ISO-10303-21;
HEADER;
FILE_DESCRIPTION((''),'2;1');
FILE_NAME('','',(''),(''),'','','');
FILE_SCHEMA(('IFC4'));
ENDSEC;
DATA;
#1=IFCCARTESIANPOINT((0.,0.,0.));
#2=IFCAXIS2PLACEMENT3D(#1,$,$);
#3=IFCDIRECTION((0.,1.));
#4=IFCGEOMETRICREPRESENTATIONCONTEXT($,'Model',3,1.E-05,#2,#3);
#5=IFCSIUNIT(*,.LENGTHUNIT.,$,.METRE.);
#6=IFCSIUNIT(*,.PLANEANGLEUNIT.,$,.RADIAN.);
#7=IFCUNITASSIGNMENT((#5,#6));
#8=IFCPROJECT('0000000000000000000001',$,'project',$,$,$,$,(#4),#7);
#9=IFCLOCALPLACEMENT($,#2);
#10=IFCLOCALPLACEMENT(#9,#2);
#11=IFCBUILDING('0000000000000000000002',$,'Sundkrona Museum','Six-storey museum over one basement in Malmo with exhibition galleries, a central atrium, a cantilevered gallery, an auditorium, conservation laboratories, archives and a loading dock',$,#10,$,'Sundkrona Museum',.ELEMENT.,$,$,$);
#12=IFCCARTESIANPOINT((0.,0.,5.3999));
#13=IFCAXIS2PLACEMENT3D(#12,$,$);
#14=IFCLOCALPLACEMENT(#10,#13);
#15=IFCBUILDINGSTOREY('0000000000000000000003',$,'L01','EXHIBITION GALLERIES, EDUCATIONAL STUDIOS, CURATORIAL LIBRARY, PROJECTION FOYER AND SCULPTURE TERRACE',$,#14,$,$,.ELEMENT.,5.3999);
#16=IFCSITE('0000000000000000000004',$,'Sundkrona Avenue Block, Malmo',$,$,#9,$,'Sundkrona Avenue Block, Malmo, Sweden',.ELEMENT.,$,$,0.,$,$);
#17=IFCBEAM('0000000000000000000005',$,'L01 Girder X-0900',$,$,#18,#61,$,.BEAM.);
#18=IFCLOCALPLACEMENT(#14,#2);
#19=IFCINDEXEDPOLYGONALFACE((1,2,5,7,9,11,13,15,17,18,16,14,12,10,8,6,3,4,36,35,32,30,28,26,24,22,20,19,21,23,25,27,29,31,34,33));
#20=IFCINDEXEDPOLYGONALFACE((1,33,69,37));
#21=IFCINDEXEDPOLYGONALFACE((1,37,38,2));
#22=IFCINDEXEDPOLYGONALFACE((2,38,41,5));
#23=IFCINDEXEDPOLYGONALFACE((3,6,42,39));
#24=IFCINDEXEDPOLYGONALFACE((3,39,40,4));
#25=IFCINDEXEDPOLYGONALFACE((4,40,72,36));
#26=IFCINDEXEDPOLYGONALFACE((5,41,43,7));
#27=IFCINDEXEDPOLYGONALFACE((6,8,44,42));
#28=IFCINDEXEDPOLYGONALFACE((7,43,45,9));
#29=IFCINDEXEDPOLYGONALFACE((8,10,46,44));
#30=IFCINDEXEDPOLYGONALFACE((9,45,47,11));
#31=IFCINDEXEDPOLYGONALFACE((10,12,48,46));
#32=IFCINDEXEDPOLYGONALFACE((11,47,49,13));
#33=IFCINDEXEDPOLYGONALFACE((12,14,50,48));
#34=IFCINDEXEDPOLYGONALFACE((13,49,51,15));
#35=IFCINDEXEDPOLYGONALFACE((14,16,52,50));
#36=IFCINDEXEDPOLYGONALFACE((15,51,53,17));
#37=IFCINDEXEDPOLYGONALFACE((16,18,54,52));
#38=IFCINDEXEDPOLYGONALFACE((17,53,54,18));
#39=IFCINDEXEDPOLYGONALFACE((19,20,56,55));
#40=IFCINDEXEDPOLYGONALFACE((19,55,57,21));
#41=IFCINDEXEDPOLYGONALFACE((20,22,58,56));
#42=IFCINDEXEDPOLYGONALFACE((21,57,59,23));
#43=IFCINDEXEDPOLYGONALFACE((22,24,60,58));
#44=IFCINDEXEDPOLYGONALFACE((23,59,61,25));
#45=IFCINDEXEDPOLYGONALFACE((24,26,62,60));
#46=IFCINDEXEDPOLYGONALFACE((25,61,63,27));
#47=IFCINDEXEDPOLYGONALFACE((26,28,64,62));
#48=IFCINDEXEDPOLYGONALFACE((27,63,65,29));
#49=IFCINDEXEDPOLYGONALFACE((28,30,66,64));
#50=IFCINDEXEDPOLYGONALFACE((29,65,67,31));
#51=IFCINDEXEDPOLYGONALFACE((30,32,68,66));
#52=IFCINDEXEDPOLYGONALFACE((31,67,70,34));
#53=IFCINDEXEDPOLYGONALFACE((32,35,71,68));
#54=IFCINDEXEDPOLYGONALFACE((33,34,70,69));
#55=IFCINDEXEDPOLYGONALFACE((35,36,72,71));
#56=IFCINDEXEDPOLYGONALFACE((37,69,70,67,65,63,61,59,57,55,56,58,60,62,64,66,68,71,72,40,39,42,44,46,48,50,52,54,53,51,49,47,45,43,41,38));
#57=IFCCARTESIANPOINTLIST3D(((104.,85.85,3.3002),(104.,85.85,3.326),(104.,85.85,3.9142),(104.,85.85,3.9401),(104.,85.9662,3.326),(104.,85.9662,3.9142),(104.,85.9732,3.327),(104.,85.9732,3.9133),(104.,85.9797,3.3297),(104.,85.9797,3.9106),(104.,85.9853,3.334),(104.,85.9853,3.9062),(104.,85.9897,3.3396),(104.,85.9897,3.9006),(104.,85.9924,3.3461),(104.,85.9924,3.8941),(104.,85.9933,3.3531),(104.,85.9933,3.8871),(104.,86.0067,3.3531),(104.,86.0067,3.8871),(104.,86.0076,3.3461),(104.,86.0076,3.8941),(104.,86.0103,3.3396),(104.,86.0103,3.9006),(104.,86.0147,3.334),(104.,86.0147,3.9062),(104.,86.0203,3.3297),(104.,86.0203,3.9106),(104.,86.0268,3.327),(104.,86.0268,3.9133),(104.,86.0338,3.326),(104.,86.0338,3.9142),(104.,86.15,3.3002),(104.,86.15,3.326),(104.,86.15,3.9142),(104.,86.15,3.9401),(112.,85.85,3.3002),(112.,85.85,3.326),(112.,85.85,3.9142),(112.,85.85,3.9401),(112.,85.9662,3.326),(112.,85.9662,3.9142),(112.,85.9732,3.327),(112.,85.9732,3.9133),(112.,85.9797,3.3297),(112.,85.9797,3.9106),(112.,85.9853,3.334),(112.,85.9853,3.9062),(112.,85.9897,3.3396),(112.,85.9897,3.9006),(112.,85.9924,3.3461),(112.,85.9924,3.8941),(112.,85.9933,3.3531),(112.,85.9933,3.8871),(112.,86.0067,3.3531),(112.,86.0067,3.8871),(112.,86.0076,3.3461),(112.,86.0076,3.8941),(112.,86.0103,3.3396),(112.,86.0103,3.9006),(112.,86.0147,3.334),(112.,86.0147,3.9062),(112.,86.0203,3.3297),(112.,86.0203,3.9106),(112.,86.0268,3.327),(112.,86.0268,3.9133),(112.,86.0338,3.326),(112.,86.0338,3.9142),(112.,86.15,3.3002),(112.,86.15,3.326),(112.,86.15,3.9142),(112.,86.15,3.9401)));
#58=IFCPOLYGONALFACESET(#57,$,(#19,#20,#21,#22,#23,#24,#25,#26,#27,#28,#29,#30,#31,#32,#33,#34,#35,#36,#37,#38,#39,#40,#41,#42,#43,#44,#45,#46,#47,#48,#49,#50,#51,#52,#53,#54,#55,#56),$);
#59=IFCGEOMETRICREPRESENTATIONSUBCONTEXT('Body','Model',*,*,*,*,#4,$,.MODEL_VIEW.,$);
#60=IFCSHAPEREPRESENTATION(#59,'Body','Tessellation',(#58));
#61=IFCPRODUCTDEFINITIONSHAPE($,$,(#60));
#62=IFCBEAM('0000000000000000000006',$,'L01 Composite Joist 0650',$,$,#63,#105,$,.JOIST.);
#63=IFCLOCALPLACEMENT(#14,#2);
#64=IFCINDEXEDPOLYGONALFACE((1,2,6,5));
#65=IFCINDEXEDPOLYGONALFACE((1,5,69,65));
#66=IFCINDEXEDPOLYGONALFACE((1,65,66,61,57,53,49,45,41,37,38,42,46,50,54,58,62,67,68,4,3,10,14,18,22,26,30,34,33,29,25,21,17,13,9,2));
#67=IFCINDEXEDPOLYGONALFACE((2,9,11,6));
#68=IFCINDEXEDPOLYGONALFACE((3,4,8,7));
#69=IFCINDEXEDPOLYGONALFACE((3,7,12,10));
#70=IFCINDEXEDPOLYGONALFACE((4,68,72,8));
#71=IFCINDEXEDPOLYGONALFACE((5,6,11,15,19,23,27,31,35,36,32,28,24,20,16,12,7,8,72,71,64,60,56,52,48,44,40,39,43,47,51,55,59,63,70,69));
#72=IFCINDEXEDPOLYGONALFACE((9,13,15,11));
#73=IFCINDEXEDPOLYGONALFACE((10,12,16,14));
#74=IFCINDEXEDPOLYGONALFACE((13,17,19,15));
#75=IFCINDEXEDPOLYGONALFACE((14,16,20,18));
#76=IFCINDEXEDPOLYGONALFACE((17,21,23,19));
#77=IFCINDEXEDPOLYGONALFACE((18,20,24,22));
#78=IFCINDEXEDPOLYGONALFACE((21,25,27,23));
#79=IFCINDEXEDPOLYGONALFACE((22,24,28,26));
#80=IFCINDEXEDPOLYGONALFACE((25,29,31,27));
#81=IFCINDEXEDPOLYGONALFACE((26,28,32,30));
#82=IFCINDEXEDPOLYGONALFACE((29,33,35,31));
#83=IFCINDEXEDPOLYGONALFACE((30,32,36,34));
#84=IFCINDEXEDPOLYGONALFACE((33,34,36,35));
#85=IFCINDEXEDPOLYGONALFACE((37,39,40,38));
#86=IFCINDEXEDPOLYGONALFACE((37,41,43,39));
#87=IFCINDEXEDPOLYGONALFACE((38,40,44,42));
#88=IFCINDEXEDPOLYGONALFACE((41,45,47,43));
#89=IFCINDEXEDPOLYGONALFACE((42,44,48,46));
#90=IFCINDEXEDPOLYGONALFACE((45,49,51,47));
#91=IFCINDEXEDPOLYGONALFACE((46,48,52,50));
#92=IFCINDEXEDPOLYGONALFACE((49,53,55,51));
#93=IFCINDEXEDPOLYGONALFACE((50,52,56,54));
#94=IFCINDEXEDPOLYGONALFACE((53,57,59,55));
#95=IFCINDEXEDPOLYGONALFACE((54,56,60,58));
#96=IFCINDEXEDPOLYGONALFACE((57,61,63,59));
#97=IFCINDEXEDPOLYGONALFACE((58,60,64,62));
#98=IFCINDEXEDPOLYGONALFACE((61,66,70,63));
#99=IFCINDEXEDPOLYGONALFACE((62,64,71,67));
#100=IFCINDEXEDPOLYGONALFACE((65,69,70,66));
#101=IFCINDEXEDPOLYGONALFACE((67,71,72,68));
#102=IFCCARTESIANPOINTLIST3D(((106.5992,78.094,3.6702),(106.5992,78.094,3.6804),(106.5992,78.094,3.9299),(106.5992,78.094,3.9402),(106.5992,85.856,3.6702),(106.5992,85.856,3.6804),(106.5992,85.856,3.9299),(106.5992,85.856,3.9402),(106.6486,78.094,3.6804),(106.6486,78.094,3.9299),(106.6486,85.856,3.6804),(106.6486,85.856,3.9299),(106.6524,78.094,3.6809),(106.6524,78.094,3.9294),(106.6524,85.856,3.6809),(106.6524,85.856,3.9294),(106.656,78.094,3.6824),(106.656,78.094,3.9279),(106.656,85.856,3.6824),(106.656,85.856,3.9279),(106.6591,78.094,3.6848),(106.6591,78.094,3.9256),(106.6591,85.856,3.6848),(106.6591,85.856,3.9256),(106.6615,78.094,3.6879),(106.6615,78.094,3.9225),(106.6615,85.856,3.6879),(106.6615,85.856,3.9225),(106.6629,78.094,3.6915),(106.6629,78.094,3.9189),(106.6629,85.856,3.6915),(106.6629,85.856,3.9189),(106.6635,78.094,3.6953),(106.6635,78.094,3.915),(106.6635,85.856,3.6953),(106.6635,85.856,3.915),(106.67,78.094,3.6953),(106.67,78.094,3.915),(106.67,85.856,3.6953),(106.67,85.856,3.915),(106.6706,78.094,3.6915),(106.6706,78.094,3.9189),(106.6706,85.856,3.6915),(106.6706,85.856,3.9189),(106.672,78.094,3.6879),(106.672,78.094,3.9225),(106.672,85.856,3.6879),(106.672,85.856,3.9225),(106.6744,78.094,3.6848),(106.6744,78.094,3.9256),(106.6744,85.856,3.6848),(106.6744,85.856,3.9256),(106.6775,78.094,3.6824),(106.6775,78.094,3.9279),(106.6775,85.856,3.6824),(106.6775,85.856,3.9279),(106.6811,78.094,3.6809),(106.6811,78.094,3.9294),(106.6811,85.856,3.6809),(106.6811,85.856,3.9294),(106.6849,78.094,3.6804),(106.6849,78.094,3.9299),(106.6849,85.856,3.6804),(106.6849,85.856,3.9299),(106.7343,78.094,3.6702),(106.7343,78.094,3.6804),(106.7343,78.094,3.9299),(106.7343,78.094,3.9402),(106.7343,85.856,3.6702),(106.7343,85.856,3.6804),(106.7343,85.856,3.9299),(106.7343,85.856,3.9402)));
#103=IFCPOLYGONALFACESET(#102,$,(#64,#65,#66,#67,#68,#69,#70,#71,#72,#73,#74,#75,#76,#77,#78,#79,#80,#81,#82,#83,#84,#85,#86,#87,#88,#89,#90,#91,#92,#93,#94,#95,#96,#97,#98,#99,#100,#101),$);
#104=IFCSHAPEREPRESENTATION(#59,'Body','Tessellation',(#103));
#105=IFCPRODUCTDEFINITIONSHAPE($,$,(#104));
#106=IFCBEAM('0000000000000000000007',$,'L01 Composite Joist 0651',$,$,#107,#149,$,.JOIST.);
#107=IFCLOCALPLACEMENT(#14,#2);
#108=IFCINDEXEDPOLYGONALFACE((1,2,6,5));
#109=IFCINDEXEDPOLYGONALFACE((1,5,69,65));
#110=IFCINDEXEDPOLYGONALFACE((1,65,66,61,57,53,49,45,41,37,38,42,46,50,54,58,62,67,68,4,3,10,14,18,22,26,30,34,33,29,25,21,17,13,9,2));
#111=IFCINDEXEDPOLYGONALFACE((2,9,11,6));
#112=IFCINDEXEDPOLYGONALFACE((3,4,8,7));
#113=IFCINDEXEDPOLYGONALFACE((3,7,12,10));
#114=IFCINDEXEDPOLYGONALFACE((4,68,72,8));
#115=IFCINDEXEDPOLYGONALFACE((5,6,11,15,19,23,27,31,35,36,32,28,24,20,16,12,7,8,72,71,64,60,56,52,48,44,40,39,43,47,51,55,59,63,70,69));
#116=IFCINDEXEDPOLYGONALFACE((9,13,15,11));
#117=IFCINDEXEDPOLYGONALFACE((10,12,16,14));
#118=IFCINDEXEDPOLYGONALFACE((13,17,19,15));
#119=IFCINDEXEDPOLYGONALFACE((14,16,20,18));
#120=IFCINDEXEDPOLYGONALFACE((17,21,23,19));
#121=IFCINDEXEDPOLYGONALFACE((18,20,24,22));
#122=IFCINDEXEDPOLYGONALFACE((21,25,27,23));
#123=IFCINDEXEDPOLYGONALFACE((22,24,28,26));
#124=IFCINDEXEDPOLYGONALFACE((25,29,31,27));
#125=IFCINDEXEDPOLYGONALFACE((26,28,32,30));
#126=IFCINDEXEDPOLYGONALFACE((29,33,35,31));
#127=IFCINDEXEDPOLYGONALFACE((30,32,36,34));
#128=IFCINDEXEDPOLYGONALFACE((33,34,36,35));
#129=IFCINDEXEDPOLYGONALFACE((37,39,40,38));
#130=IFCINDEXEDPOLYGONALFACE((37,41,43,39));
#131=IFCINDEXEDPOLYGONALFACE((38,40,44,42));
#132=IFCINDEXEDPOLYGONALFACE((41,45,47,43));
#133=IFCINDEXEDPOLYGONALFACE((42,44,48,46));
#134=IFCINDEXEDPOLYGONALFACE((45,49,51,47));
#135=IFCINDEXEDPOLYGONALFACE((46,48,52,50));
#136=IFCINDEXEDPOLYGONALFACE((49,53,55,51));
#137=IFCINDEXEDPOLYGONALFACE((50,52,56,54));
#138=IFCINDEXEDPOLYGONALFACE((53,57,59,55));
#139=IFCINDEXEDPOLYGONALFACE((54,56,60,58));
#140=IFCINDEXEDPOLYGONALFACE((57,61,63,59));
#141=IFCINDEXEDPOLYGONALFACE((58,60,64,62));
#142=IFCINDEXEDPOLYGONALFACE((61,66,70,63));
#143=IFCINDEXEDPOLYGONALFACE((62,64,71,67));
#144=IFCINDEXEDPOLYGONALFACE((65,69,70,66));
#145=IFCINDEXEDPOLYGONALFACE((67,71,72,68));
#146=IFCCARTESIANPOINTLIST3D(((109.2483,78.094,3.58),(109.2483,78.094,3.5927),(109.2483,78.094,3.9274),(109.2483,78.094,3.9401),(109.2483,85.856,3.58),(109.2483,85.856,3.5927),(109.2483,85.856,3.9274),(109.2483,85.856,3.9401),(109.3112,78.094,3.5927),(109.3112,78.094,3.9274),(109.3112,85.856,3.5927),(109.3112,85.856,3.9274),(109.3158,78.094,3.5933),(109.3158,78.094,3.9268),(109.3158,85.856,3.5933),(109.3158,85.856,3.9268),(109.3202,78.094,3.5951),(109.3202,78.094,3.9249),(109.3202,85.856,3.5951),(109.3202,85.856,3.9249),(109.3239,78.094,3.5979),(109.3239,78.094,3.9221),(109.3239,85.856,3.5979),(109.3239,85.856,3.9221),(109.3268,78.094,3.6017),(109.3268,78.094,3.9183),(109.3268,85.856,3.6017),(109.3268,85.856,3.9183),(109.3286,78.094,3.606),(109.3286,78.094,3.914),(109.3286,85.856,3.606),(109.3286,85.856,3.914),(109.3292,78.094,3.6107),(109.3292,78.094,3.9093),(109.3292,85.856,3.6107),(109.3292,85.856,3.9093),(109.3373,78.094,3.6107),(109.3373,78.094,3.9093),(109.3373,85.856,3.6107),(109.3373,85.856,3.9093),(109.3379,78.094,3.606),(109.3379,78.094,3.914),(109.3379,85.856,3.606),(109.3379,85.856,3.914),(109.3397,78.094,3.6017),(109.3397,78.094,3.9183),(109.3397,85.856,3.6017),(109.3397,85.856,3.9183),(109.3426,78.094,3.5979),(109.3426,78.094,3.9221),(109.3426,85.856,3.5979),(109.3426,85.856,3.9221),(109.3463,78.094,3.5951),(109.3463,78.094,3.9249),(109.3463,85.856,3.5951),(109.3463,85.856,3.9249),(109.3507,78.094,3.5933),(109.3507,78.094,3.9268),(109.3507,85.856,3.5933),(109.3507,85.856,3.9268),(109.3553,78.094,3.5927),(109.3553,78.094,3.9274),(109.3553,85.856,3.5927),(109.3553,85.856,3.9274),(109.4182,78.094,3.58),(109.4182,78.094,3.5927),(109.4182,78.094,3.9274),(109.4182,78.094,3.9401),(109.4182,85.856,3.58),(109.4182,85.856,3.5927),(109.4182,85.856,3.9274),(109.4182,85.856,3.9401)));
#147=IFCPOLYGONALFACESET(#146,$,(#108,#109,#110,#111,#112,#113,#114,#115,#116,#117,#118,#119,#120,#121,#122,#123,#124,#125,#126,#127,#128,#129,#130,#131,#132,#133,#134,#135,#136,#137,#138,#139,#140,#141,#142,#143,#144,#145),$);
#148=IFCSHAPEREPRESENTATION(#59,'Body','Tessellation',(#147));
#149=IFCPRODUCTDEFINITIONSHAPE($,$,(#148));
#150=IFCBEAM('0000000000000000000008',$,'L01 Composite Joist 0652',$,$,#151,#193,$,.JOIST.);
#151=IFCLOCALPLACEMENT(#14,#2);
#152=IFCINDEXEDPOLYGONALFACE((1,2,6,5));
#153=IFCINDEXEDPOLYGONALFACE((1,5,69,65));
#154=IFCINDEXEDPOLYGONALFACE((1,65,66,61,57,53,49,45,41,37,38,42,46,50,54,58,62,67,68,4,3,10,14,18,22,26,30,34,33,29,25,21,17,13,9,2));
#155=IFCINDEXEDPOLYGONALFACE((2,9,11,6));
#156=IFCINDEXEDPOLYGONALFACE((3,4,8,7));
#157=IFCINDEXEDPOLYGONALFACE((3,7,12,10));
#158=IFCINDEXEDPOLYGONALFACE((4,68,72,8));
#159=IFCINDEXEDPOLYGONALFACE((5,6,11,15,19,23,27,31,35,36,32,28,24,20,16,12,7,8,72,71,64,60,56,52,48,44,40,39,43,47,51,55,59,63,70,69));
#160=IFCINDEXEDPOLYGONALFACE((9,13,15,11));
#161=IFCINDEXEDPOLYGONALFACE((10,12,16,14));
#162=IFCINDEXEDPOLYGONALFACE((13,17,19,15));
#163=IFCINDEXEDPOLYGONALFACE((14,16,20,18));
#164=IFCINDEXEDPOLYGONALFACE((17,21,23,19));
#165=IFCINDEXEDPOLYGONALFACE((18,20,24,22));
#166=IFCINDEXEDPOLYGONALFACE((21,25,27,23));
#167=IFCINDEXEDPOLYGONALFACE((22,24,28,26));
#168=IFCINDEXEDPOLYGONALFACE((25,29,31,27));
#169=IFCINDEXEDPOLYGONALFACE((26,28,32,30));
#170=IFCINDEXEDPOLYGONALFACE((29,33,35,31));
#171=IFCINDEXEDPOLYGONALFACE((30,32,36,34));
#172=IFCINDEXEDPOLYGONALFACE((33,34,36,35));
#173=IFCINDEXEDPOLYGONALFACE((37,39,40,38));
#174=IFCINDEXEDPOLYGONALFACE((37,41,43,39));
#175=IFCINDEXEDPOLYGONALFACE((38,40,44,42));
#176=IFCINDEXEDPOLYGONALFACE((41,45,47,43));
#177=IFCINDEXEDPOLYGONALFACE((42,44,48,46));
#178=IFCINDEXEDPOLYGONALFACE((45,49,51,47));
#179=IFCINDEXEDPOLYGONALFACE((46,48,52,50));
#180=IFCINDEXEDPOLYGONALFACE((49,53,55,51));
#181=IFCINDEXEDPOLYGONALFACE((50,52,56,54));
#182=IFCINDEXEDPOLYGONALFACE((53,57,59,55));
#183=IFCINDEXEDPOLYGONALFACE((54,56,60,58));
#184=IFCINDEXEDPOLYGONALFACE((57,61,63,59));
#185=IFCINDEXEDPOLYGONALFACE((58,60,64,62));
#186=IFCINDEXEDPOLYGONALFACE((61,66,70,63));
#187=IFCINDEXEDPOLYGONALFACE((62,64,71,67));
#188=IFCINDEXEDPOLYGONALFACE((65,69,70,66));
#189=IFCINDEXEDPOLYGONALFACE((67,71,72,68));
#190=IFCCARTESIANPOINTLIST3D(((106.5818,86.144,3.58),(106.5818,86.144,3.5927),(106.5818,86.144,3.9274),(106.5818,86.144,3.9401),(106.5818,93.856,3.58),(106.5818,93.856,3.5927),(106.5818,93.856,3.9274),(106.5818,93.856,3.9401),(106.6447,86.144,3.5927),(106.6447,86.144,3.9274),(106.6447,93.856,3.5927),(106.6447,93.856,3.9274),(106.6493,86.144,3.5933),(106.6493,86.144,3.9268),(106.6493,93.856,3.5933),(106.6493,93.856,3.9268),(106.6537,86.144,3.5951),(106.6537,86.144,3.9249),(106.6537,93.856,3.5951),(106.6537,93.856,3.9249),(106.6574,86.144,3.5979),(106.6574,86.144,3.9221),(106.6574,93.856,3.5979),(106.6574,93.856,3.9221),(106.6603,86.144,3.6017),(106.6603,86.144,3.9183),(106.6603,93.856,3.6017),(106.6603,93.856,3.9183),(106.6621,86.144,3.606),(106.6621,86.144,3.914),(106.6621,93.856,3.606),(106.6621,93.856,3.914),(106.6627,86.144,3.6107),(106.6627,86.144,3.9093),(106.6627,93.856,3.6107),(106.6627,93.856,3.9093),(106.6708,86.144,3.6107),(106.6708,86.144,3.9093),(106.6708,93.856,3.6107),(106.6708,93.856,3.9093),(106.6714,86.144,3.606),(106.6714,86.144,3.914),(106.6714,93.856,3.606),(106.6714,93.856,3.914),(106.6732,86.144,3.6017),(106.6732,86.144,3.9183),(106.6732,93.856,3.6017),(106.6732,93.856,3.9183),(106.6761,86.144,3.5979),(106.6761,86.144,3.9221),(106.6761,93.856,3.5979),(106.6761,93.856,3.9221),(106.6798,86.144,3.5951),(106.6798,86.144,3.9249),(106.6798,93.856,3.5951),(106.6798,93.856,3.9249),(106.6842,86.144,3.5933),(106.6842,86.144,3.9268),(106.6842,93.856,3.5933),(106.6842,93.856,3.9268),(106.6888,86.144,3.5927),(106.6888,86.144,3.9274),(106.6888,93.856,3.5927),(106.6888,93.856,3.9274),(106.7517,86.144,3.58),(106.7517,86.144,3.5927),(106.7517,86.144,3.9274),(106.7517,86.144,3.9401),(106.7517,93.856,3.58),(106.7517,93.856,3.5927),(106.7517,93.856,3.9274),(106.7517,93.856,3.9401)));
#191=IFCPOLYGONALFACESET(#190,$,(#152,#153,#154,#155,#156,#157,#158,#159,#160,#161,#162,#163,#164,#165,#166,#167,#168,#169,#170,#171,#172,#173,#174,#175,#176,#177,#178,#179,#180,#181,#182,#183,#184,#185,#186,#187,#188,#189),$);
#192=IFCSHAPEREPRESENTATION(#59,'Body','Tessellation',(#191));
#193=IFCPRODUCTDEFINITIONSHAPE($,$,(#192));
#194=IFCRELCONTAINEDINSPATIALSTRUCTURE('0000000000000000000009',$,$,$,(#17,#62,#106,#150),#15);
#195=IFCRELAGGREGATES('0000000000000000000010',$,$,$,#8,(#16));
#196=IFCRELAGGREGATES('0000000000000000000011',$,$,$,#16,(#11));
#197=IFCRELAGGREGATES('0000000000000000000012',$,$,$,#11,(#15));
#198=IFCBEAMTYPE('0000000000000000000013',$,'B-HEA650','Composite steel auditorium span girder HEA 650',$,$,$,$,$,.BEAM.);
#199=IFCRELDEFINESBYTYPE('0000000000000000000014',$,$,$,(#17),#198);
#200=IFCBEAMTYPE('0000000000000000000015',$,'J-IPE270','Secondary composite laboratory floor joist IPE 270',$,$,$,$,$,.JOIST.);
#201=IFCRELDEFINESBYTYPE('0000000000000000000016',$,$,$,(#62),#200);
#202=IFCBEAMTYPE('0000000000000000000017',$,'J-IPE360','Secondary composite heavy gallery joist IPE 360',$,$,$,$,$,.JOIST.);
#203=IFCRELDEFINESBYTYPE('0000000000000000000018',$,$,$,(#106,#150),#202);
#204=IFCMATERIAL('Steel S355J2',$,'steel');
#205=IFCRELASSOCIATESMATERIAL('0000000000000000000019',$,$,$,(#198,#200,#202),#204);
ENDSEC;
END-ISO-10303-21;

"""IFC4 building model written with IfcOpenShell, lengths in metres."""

from ifc_helpers import new_model, si_unit, direction, frame, origin, origin_2d, place, context, subcontext, project, spatial, i_section, extrude, material, material_profile, profile_set, type_object, element, save


model = new_model("IFC4")

# Units and contexts
model_context = context("Model", 3, precision=1e-05, world=origin(), true_north=direction((0.0, 1.0)))
body_context = subcontext(model_context, "Body", "Model", "MODEL_VIEW")
ifc_project = project(units=[si_unit("LENGTHUNIT", "METRE"), si_unit("PLANEANGLEUNIT", "RADIAN")], contexts=[model_context])

# Site, building, storey
site_placement = place(None, origin())
site = spatial("IfcSite", under=ifc_project, at=site_placement, Name="Sundkrona Avenue Block, Malmo", LongName="Sundkrona Avenue Block, Malmo, Sweden", CompositionType="ELEMENT", RefElevation=0.0)
building_placement = place(site_placement, origin())
building = spatial("IfcBuilding", under=site, at=building_placement, Name="Sundkrona Museum", Description="Six-storey museum over one basement in Malmo with exhibition galleries, a central atrium, a cantilevered gallery, an auditorium, conservation laboratories, archives and a loading dock", LongName="Sundkrona Museum", CompositionType="ELEMENT")
storey_placement = place(building_placement, frame((0.0, 0.0, 5.3999)))
storey = spatial("IfcBuildingStorey", under=building, at=storey_placement, Name="L01", Description="EXHIBITION GALLERIES, EDUCATIONAL STUDIOS, CURATORIAL LIBRARY, PROJECTION FOYER AND SCULPTURE TERRACE", CompositionType="ELEMENT", Elevation=5.3999)

# Shared definitions
ifc_material_1 = material(Name="Steel S355J2", Category="steel")

# Beams
ifc_material_profile_1 = material_profile(ifc_material_1, i_section(OverallWidth=0.3, OverallDepth=0.6399, WebThickness=0.0134, FlangeThickness=0.0259, FilletRadius=0.0271, at=origin_2d()), Name="HEA 650")
ifc_profile_set_1 = profile_set([ifc_material_profile_1], Name="Steel S355J2")
beam_type_1 = type_object("IfcBeamType", Name="B-HEA650", Description="Composite steel auditorium span girder HEA 650", PredefinedType="BEAM", material=ifc_profile_set_1)
beam_1_placement = place(storey_placement, frame((104.0, 86.0, 3.6201), z_axis=(1.0, 0.0, 0.0), x_axis=(0.0, 1.0, 0.0)))
element("IfcBeam", 1, at=beam_1_placement, inside=storey, type_object=beam_type_1, Name="L01 Girder X-0900", PredefinedType="BEAM", context=body_context, shape_type="SweptSolid", body=[
    extrude(i_section(OverallWidth=0.3, OverallDepth=0.6399, WebThickness=0.0134, FlangeThickness=0.0259, FilletRadius=0.0271, at=origin_2d()), origin(), (0.0, 0.0, 1.0), 8.0),
])
ifc_material_profile_2 = material_profile(ifc_material_1, i_section(OverallWidth=0.135, OverallDepth=0.27, WebThickness=0.0066, FlangeThickness=0.0103, FilletRadius=0.0149, at=origin_2d()), Name="IPE 270")
ifc_profile_set_2 = profile_set([ifc_material_profile_2], Name="Steel S355J2")
beam_type_2 = type_object("IfcBeamType", Name="J-IPE270", Description="Secondary composite laboratory floor joist IPE 270", PredefinedType="JOIST", material=ifc_profile_set_2)
beam_2_placement = place(storey_placement, frame((106.6667, 78.094, 3.8052), z_axis=(0.0, 1.0, 0.0), x_axis=(-1.0, 0.0, 0.0)))
element("IfcBeam", 2, at=beam_2_placement, inside=storey, type_object=beam_type_2, Name="L01 Composite Joist 0650", PredefinedType="JOIST", context=body_context, shape_type="SweptSolid", body=[
    extrude(i_section(OverallWidth=0.135, OverallDepth=0.27, WebThickness=0.0066, FlangeThickness=0.0103, FilletRadius=0.0149, at=origin_2d()), origin(), (0.0, 0.0, 1.0), 7.762),
])
ifc_material_profile_3 = material_profile(ifc_material_1, i_section(OverallWidth=0.1699, OverallDepth=0.3601, WebThickness=0.0081, FlangeThickness=0.0127, FilletRadius=0.0181, at=origin_2d()), Name="IPE 360")
ifc_profile_set_3 = profile_set([ifc_material_profile_3], Name="Steel S355J2")
beam_type_3 = type_object("IfcBeamType", Name="J-IPE360", Description="Secondary composite heavy gallery joist IPE 360", PredefinedType="JOIST", material=ifc_profile_set_3)
beam_3_placement = place(storey_placement, frame((109.3333, 78.094, 3.76), z_axis=(0.0, 1.0, 0.0), x_axis=(-1.0, 0.0, 0.0)))
element("IfcBeam", 3, at=beam_3_placement, inside=storey, type_object=beam_type_3, Name="L01 Composite Joist 0651", PredefinedType="JOIST", context=body_context, shape_type="SweptSolid", body=[
    extrude(i_section(OverallWidth=0.1699, OverallDepth=0.3601, WebThickness=0.0081, FlangeThickness=0.0127, FilletRadius=0.0181, at=origin_2d()), origin(), (0.0, 0.0, 1.0), 7.762),
])
for number, where, z_axis, x_axis, name in (
    (4, (106.6667, 86.144, 3.76), (0.0, 1.0, 0.0), (-1.0, 0.0, 0.0), "L01 Composite Joist 0652"),
):
    element("IfcBeam", number, at=place(storey_placement, frame(where, z_axis=z_axis, x_axis=x_axis)), inside=storey, type_object=beam_type_3, Name=name, PredefinedType="JOIST", context=body_context, shape_type="SweptSolid", body=[
        extrude(i_section(OverallWidth=0.1699, OverallDepth=0.3601, WebThickness=0.0081, FlangeThickness=0.0127, FilletRadius=0.0181, at=origin_2d()), origin(), (0.0, 0.0, 1.0), 7.7119),
    ])

save(model, "model.ifc")
